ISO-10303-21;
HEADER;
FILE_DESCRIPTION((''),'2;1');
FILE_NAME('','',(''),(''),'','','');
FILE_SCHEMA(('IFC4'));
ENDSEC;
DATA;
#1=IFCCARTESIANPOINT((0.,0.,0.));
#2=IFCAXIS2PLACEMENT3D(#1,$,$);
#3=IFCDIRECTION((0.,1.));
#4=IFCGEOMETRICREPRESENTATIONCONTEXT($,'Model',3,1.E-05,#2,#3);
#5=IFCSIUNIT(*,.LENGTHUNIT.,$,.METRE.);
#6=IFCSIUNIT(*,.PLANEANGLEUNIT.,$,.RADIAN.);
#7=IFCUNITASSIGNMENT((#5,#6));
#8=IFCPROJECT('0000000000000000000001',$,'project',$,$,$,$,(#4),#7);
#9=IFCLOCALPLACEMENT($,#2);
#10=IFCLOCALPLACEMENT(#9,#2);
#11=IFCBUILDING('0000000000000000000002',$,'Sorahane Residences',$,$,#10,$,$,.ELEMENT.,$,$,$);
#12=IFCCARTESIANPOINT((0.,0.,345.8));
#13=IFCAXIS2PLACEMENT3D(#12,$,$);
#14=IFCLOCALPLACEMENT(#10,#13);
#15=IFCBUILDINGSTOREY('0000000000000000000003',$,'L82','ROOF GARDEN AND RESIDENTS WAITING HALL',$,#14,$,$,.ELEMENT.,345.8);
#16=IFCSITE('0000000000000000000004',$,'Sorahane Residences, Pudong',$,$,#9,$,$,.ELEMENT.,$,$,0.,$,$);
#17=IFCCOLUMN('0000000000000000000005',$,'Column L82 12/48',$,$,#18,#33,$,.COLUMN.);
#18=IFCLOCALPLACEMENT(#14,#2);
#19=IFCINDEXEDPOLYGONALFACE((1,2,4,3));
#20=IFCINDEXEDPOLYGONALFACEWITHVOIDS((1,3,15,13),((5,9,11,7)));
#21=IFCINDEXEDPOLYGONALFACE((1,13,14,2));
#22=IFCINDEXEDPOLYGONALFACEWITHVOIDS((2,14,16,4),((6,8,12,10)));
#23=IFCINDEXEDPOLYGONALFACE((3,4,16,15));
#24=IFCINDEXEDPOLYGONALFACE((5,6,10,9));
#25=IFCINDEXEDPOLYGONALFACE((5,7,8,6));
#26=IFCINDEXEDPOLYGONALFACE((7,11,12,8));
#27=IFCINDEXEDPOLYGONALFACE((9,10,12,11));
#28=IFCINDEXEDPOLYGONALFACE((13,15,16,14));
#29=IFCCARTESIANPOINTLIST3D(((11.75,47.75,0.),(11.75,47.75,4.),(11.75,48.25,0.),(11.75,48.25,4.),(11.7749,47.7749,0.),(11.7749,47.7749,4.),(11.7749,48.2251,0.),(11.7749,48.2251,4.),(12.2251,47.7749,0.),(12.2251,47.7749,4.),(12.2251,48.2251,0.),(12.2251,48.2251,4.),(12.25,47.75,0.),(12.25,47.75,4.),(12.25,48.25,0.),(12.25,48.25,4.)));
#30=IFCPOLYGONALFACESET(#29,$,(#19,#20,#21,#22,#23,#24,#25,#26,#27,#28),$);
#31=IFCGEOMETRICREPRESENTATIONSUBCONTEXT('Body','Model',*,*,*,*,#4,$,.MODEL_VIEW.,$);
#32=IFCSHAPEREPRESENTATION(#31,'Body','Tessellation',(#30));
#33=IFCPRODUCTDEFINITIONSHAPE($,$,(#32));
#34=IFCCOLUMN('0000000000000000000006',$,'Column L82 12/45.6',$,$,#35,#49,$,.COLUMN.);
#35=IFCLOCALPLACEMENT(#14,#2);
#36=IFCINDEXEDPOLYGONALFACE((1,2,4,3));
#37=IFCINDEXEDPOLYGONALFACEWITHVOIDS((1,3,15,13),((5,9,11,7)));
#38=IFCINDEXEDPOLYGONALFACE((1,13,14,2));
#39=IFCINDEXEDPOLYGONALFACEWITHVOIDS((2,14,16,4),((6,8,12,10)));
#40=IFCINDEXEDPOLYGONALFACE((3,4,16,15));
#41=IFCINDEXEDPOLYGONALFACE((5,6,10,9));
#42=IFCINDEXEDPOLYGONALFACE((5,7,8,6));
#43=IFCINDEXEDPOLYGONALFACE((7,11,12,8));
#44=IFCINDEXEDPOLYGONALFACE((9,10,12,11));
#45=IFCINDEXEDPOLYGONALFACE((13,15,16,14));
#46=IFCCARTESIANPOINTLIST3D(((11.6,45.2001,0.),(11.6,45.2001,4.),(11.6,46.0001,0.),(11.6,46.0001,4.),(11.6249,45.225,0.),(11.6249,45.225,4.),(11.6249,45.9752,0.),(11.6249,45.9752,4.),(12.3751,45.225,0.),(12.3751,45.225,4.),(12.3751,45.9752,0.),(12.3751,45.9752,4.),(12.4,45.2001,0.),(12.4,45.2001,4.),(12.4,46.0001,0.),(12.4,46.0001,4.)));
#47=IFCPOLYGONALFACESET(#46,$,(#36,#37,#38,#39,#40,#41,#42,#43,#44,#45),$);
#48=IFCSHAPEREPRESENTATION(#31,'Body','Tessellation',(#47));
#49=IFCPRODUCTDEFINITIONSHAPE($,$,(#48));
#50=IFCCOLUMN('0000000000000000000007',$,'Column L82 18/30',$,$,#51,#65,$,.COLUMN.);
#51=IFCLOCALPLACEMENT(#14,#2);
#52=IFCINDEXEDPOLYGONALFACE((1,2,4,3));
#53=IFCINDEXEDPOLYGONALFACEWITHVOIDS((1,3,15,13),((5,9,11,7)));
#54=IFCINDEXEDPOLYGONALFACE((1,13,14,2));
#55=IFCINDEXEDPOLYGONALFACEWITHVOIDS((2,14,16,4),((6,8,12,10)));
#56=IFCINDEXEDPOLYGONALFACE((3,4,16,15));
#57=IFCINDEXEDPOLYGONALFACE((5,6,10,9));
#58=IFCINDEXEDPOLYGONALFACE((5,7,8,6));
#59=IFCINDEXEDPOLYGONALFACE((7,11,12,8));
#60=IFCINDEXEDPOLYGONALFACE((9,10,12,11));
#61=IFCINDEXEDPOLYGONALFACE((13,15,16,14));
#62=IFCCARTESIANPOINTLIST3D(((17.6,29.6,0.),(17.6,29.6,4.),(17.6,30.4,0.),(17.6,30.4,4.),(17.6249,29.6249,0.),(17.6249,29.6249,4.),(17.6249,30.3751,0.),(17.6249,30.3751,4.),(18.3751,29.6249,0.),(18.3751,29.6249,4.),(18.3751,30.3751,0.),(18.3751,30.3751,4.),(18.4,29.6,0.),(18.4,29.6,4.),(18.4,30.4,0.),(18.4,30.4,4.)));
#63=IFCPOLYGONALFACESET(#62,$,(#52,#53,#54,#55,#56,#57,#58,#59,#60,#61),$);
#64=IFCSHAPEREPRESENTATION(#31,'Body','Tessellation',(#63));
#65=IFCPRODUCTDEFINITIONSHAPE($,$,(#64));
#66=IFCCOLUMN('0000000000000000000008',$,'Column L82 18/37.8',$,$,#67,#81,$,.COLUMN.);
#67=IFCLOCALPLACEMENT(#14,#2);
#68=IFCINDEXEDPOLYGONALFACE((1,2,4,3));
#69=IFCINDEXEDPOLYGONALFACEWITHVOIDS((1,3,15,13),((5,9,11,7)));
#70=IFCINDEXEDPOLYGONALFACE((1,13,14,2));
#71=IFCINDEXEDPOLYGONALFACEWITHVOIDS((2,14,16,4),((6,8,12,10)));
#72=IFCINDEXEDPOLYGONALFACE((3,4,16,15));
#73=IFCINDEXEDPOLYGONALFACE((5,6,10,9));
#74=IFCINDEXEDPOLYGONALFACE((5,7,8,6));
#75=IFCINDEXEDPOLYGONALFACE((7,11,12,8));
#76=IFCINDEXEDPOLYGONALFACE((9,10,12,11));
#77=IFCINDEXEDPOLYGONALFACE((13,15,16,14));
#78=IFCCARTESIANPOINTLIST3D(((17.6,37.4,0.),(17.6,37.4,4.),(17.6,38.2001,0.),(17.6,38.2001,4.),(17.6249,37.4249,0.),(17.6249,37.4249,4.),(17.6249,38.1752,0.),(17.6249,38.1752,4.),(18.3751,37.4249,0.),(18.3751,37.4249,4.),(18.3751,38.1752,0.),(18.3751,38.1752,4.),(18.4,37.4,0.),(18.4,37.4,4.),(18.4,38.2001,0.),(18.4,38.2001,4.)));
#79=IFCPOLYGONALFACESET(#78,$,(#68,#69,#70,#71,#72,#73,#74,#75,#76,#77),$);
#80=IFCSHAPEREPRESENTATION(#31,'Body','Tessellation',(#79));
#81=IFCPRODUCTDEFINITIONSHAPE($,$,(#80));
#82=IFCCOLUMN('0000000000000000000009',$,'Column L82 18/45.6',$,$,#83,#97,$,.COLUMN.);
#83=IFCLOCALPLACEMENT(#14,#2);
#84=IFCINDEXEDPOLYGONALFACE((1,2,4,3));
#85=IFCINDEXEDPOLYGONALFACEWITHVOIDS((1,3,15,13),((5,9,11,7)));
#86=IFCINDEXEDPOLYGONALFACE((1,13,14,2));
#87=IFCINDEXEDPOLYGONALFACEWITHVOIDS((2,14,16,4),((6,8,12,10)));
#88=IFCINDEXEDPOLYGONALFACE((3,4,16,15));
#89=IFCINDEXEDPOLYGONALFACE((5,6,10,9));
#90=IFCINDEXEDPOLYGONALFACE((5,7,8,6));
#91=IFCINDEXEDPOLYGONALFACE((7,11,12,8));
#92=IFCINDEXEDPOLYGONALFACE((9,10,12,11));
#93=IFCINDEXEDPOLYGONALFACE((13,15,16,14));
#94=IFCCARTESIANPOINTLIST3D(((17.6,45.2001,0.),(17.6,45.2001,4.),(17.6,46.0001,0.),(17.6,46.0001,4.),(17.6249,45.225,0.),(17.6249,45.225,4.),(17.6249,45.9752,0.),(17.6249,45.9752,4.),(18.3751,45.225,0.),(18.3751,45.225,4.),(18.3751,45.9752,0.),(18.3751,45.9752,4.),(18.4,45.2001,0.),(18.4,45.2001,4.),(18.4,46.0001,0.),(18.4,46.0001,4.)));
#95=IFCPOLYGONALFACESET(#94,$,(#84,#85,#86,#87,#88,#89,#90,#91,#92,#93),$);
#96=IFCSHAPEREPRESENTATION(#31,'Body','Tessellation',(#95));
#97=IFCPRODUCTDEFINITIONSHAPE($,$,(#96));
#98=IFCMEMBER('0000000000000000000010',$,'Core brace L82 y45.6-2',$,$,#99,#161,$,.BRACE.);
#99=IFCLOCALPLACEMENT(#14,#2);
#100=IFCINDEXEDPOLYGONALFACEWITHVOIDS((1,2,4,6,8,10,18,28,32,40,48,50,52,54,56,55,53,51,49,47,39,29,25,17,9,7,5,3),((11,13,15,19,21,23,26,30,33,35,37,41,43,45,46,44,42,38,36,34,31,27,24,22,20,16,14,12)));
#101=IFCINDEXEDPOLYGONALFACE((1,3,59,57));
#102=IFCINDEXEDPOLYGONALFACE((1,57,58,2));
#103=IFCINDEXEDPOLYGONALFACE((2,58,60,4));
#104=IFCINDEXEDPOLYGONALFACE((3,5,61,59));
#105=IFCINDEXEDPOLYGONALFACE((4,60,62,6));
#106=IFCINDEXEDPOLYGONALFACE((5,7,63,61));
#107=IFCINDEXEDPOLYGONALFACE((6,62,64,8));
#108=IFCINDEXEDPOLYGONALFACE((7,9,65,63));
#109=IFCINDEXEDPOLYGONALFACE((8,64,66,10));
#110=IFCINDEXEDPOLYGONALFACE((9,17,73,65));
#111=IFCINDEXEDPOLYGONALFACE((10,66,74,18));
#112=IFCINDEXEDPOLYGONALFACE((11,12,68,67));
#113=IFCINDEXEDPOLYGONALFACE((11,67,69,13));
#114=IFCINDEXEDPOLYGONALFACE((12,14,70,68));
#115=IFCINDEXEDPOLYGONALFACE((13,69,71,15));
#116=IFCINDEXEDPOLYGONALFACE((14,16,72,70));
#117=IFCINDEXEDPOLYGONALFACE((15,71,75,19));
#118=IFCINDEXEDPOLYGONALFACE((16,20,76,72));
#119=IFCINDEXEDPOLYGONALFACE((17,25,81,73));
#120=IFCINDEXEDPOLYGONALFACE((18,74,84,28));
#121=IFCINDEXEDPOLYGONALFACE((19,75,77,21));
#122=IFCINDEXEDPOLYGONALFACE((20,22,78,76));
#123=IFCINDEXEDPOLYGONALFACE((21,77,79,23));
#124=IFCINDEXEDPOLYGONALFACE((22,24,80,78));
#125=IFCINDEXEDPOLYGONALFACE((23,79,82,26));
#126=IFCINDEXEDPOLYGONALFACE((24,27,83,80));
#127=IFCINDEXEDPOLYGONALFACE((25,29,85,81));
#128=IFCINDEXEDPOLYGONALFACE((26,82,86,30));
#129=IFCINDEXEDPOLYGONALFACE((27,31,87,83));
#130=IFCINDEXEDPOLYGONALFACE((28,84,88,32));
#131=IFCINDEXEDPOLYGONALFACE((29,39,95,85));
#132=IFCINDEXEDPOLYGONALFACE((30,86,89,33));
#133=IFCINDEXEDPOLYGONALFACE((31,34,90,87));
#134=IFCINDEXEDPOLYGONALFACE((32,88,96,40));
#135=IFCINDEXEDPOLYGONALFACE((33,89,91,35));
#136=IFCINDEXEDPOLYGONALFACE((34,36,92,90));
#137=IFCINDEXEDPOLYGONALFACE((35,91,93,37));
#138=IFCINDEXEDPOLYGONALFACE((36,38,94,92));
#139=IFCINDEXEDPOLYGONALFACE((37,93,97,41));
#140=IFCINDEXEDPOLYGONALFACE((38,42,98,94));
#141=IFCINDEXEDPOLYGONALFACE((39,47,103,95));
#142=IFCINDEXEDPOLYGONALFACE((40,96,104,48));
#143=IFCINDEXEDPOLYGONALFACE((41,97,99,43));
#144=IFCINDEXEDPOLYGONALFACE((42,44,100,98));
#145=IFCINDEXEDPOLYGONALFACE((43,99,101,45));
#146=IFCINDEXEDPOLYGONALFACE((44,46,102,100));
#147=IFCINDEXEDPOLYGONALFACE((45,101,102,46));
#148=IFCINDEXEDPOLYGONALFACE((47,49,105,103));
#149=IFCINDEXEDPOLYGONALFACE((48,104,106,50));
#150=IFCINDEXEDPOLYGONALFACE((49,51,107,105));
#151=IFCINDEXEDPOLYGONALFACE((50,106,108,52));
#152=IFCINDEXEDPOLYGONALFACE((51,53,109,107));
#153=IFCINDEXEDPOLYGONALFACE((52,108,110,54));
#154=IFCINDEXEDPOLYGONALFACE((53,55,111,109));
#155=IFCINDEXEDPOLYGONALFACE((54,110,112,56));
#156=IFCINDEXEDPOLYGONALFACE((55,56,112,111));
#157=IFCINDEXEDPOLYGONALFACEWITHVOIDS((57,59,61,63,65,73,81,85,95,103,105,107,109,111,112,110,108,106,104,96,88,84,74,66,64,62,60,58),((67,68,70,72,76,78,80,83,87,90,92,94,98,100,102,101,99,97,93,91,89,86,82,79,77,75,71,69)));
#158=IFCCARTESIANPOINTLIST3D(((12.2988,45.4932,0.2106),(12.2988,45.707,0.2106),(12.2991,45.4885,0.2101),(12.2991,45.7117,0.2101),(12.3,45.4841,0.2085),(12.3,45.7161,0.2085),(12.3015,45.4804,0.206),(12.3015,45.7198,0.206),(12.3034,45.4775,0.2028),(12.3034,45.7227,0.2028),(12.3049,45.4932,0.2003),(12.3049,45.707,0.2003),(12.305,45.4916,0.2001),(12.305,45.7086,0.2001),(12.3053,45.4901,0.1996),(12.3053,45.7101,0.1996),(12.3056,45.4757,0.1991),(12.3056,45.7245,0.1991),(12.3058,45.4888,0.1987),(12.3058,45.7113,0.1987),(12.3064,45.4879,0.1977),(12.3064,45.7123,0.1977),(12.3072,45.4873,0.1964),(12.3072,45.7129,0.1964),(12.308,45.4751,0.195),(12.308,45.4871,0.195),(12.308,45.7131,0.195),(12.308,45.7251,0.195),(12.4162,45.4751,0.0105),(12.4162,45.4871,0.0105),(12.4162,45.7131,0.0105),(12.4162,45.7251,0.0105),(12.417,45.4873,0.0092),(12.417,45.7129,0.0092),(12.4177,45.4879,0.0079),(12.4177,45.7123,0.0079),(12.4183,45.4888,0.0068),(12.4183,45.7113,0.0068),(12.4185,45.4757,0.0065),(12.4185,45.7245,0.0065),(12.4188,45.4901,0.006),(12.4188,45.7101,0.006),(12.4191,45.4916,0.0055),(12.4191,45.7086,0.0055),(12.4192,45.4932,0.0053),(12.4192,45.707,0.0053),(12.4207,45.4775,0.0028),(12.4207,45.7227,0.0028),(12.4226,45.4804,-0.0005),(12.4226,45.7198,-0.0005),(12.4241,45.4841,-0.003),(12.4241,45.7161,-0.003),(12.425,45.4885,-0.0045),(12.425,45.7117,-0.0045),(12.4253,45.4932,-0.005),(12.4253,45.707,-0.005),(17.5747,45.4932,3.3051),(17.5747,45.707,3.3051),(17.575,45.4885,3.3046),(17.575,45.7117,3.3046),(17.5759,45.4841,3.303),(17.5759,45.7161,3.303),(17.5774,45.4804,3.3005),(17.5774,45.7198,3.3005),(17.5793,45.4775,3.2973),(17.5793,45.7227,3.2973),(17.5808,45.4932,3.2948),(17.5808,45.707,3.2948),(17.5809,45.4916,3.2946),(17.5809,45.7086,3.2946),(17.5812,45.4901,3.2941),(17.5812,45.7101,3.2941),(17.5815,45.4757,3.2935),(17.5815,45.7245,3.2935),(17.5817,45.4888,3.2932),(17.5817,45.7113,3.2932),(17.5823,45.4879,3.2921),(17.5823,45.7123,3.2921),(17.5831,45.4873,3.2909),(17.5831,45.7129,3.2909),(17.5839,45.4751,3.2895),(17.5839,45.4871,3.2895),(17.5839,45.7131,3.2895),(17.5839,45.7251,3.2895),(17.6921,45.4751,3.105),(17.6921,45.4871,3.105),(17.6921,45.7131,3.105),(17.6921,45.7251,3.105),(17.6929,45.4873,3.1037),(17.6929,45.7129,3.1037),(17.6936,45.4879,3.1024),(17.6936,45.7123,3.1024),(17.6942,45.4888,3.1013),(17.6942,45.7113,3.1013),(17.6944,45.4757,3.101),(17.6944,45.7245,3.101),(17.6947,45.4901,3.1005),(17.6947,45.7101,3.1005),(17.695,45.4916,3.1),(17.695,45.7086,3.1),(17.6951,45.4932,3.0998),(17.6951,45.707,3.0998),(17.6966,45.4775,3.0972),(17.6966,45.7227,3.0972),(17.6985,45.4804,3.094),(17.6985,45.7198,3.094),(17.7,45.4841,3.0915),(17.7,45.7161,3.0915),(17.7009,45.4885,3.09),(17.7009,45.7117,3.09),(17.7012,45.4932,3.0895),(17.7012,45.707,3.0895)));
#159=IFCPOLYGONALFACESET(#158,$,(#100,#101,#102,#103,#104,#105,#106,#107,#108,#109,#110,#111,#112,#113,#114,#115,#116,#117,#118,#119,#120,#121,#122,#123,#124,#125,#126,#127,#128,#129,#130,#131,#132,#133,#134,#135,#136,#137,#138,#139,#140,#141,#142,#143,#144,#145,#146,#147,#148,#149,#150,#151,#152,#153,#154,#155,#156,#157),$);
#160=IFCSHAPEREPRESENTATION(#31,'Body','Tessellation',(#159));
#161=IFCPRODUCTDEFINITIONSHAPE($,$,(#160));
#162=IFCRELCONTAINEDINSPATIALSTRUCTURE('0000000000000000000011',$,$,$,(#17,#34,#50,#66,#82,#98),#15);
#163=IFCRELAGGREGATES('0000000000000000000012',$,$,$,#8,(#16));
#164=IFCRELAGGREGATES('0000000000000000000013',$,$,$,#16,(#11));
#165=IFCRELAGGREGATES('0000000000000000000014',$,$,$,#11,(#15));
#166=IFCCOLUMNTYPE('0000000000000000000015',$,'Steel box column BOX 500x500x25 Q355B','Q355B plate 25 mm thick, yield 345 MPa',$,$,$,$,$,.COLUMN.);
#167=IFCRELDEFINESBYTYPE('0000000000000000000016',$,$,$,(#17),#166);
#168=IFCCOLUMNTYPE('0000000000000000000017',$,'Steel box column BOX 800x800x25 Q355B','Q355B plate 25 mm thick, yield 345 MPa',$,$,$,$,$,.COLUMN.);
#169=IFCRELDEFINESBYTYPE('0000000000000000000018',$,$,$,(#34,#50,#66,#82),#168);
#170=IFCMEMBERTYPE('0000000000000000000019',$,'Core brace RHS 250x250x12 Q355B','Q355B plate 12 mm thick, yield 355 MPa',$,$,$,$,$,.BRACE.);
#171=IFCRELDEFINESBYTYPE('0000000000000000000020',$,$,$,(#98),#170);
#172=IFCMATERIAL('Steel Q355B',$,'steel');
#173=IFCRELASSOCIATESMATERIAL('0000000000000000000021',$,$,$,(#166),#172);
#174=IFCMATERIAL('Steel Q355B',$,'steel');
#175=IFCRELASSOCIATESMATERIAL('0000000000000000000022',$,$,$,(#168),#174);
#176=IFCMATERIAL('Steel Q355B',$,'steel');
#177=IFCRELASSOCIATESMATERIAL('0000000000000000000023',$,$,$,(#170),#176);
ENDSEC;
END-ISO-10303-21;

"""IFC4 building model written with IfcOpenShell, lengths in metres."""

from ifc_helpers import new_model, si_unit, direction, frame, origin, origin_2d, place, context, subcontext, project, spatial, hollow_rectangle, extrude, material, material_profile, profile_set, type_object, element, save


model = new_model("IFC4")

# Units and contexts
model_context = context("Model", 3, precision=1e-05, world=origin(), true_north=direction((0.0, 1.0)))
body_context = subcontext(model_context, "Body", "Model", "MODEL_VIEW")
ifc_project = project(units=[si_unit("LENGTHUNIT", "METRE"), si_unit("PLANEANGLEUNIT", "RADIAN")], contexts=[model_context])

# Site, building, storey
site_placement = place(None, origin())
site = spatial("IfcSite", under=ifc_project, at=site_placement, Name="Sorahane Residences, Pudong", CompositionType="ELEMENT", RefElevation=0.0)
building_placement = place(site_placement, origin())
building = spatial("IfcBuilding", under=site, at=building_placement, Name="Sorahane Residences", CompositionType="ELEMENT")
storey_placement = place(building_placement, frame((0.0, 0.0, 345.8)))
storey = spatial("IfcBuildingStorey", under=building, at=storey_placement, Name="L82", Description="ROOF GARDEN AND RESIDENTS WAITING HALL", CompositionType="ELEMENT", Elevation=345.8)

# Columns
ifc_material_1 = material(Name="Steel Q355B", Category="steel")
ifc_material_profile_1 = material_profile(ifc_material_1, hollow_rectangle(XDim=0.5, YDim=0.5, WallThickness=0.0249, at=origin_2d()), Name="BOX 500x500x25")
ifc_profile_set_1 = profile_set([ifc_material_profile_1], Name="Steel Q355B")
column_type_1 = type_object("IfcColumnType", Name="Steel box column BOX 500x500x25 Q355B", Description="Q355B plate 25 mm thick, yield 345 MPa", PredefinedType="COLUMN", material=ifc_profile_set_1)
column_placement = place(storey_placement, frame((12.0, 48.0, 0.0), z_axis=(0.0, 0.0, 1.0), x_axis=(1.0, 0.0, 0.0)))
element("IfcColumn", 1, at=column_placement, inside=storey, type_object=column_type_1, Name="Column L82 12/48", PredefinedType="COLUMN", context=body_context, shape_type="SweptSolid", body=[
    extrude(hollow_rectangle(XDim=0.5, YDim=0.5, WallThickness=0.0249, at=origin_2d()), origin(), (0.0, 0.0, 1.0), 4.0),
])
ifc_material_2 = material(Name="Steel Q355B", Category="steel")
ifc_material_profile_2 = material_profile(ifc_material_2, hollow_rectangle(XDim=0.8, YDim=0.8, WallThickness=0.0249, at=origin_2d()), Name="BOX 800x800x25")
ifc_profile_set_2 = profile_set([ifc_material_profile_2], Name="Steel Q355B")
column_type_2 = type_object("IfcColumnType", Name="Steel box column BOX 800x800x25 Q355B", Description="Q355B plate 25 mm thick, yield 345 MPa", PredefinedType="COLUMN", material=ifc_profile_set_2)
for number, where, z_axis, x_axis, name in (
    (2, (12.0, 45.6001, 0.0), (0.0, 0.0, 1.0), (1.0, 0.0, 0.0), "Column L82 12/45.6"),
    (3, (18.0, 30.0, 0.0), (0.0, 0.0, 1.0), (1.0, 0.0, 0.0), "Column L82 18/30"),
    (4, (18.0, 37.8, 0.0), (0.0, 0.0, 1.0), (1.0, 0.0, 0.0), "Column L82 18/37.8"),
    (5, (18.0, 45.6001, 0.0), (0.0, 0.0, 1.0), (1.0, 0.0, 0.0), "Column L82 18/45.6"),
):
    element("IfcColumn", number, at=place(storey_placement, frame(where, z_axis=z_axis, x_axis=x_axis)), inside=storey, type_object=column_type_2, Name=name, PredefinedType="COLUMN", context=body_context, shape_type="SweptSolid", body=[
        extrude(hollow_rectangle(XDim=0.8, YDim=0.8, WallThickness=0.0249, at=origin_2d()), origin(), (0.0, 0.0, 1.0), 4.0),
    ])

# Member
ifc_material_3 = material(Name="Steel Q355B", Category="steel")
ifc_material_profile_3 = material_profile(ifc_material_3, hollow_rectangle(XDim=0.25, YDim=0.25, WallThickness=0.012, InnerFilletRadius=0.0061, OuterFilletRadius=0.0181, at=origin_2d()), Name="RHS 250x250x12")
ifc_profile_set_3 = profile_set([ifc_material_profile_3], Name="Steel Q355B")
member_type_1 = type_object("IfcMemberType", Name="Core brace RHS 250x250x12 Q355B", Description="Q355B plate 12 mm thick, yield 355 MPa", PredefinedType="BRACE", material=ifc_profile_set_3)
member_1_placement = place(storey_placement, frame((12.3621, 45.6001, 0.1028), z_axis=(0.862575, 0.0, 0.505929), x_axis=(0.0, 1.0, 0.0)))
element("IfcMember", 6, at=member_1_placement, inside=storey, type_object=member_type_1, Name="Core brace L82 y45.6-2", PredefinedType="BRACE", context=body_context, shape_type="SweptSolid", body=[
    extrude(hollow_rectangle(XDim=0.25, YDim=0.25, WallThickness=0.012, InnerFilletRadius=0.0061, OuterFilletRadius=0.0181, at=origin_2d()), origin(), (0.0, 0.0, 1.0), 6.1165),
])

save(model, "model.ifc")
